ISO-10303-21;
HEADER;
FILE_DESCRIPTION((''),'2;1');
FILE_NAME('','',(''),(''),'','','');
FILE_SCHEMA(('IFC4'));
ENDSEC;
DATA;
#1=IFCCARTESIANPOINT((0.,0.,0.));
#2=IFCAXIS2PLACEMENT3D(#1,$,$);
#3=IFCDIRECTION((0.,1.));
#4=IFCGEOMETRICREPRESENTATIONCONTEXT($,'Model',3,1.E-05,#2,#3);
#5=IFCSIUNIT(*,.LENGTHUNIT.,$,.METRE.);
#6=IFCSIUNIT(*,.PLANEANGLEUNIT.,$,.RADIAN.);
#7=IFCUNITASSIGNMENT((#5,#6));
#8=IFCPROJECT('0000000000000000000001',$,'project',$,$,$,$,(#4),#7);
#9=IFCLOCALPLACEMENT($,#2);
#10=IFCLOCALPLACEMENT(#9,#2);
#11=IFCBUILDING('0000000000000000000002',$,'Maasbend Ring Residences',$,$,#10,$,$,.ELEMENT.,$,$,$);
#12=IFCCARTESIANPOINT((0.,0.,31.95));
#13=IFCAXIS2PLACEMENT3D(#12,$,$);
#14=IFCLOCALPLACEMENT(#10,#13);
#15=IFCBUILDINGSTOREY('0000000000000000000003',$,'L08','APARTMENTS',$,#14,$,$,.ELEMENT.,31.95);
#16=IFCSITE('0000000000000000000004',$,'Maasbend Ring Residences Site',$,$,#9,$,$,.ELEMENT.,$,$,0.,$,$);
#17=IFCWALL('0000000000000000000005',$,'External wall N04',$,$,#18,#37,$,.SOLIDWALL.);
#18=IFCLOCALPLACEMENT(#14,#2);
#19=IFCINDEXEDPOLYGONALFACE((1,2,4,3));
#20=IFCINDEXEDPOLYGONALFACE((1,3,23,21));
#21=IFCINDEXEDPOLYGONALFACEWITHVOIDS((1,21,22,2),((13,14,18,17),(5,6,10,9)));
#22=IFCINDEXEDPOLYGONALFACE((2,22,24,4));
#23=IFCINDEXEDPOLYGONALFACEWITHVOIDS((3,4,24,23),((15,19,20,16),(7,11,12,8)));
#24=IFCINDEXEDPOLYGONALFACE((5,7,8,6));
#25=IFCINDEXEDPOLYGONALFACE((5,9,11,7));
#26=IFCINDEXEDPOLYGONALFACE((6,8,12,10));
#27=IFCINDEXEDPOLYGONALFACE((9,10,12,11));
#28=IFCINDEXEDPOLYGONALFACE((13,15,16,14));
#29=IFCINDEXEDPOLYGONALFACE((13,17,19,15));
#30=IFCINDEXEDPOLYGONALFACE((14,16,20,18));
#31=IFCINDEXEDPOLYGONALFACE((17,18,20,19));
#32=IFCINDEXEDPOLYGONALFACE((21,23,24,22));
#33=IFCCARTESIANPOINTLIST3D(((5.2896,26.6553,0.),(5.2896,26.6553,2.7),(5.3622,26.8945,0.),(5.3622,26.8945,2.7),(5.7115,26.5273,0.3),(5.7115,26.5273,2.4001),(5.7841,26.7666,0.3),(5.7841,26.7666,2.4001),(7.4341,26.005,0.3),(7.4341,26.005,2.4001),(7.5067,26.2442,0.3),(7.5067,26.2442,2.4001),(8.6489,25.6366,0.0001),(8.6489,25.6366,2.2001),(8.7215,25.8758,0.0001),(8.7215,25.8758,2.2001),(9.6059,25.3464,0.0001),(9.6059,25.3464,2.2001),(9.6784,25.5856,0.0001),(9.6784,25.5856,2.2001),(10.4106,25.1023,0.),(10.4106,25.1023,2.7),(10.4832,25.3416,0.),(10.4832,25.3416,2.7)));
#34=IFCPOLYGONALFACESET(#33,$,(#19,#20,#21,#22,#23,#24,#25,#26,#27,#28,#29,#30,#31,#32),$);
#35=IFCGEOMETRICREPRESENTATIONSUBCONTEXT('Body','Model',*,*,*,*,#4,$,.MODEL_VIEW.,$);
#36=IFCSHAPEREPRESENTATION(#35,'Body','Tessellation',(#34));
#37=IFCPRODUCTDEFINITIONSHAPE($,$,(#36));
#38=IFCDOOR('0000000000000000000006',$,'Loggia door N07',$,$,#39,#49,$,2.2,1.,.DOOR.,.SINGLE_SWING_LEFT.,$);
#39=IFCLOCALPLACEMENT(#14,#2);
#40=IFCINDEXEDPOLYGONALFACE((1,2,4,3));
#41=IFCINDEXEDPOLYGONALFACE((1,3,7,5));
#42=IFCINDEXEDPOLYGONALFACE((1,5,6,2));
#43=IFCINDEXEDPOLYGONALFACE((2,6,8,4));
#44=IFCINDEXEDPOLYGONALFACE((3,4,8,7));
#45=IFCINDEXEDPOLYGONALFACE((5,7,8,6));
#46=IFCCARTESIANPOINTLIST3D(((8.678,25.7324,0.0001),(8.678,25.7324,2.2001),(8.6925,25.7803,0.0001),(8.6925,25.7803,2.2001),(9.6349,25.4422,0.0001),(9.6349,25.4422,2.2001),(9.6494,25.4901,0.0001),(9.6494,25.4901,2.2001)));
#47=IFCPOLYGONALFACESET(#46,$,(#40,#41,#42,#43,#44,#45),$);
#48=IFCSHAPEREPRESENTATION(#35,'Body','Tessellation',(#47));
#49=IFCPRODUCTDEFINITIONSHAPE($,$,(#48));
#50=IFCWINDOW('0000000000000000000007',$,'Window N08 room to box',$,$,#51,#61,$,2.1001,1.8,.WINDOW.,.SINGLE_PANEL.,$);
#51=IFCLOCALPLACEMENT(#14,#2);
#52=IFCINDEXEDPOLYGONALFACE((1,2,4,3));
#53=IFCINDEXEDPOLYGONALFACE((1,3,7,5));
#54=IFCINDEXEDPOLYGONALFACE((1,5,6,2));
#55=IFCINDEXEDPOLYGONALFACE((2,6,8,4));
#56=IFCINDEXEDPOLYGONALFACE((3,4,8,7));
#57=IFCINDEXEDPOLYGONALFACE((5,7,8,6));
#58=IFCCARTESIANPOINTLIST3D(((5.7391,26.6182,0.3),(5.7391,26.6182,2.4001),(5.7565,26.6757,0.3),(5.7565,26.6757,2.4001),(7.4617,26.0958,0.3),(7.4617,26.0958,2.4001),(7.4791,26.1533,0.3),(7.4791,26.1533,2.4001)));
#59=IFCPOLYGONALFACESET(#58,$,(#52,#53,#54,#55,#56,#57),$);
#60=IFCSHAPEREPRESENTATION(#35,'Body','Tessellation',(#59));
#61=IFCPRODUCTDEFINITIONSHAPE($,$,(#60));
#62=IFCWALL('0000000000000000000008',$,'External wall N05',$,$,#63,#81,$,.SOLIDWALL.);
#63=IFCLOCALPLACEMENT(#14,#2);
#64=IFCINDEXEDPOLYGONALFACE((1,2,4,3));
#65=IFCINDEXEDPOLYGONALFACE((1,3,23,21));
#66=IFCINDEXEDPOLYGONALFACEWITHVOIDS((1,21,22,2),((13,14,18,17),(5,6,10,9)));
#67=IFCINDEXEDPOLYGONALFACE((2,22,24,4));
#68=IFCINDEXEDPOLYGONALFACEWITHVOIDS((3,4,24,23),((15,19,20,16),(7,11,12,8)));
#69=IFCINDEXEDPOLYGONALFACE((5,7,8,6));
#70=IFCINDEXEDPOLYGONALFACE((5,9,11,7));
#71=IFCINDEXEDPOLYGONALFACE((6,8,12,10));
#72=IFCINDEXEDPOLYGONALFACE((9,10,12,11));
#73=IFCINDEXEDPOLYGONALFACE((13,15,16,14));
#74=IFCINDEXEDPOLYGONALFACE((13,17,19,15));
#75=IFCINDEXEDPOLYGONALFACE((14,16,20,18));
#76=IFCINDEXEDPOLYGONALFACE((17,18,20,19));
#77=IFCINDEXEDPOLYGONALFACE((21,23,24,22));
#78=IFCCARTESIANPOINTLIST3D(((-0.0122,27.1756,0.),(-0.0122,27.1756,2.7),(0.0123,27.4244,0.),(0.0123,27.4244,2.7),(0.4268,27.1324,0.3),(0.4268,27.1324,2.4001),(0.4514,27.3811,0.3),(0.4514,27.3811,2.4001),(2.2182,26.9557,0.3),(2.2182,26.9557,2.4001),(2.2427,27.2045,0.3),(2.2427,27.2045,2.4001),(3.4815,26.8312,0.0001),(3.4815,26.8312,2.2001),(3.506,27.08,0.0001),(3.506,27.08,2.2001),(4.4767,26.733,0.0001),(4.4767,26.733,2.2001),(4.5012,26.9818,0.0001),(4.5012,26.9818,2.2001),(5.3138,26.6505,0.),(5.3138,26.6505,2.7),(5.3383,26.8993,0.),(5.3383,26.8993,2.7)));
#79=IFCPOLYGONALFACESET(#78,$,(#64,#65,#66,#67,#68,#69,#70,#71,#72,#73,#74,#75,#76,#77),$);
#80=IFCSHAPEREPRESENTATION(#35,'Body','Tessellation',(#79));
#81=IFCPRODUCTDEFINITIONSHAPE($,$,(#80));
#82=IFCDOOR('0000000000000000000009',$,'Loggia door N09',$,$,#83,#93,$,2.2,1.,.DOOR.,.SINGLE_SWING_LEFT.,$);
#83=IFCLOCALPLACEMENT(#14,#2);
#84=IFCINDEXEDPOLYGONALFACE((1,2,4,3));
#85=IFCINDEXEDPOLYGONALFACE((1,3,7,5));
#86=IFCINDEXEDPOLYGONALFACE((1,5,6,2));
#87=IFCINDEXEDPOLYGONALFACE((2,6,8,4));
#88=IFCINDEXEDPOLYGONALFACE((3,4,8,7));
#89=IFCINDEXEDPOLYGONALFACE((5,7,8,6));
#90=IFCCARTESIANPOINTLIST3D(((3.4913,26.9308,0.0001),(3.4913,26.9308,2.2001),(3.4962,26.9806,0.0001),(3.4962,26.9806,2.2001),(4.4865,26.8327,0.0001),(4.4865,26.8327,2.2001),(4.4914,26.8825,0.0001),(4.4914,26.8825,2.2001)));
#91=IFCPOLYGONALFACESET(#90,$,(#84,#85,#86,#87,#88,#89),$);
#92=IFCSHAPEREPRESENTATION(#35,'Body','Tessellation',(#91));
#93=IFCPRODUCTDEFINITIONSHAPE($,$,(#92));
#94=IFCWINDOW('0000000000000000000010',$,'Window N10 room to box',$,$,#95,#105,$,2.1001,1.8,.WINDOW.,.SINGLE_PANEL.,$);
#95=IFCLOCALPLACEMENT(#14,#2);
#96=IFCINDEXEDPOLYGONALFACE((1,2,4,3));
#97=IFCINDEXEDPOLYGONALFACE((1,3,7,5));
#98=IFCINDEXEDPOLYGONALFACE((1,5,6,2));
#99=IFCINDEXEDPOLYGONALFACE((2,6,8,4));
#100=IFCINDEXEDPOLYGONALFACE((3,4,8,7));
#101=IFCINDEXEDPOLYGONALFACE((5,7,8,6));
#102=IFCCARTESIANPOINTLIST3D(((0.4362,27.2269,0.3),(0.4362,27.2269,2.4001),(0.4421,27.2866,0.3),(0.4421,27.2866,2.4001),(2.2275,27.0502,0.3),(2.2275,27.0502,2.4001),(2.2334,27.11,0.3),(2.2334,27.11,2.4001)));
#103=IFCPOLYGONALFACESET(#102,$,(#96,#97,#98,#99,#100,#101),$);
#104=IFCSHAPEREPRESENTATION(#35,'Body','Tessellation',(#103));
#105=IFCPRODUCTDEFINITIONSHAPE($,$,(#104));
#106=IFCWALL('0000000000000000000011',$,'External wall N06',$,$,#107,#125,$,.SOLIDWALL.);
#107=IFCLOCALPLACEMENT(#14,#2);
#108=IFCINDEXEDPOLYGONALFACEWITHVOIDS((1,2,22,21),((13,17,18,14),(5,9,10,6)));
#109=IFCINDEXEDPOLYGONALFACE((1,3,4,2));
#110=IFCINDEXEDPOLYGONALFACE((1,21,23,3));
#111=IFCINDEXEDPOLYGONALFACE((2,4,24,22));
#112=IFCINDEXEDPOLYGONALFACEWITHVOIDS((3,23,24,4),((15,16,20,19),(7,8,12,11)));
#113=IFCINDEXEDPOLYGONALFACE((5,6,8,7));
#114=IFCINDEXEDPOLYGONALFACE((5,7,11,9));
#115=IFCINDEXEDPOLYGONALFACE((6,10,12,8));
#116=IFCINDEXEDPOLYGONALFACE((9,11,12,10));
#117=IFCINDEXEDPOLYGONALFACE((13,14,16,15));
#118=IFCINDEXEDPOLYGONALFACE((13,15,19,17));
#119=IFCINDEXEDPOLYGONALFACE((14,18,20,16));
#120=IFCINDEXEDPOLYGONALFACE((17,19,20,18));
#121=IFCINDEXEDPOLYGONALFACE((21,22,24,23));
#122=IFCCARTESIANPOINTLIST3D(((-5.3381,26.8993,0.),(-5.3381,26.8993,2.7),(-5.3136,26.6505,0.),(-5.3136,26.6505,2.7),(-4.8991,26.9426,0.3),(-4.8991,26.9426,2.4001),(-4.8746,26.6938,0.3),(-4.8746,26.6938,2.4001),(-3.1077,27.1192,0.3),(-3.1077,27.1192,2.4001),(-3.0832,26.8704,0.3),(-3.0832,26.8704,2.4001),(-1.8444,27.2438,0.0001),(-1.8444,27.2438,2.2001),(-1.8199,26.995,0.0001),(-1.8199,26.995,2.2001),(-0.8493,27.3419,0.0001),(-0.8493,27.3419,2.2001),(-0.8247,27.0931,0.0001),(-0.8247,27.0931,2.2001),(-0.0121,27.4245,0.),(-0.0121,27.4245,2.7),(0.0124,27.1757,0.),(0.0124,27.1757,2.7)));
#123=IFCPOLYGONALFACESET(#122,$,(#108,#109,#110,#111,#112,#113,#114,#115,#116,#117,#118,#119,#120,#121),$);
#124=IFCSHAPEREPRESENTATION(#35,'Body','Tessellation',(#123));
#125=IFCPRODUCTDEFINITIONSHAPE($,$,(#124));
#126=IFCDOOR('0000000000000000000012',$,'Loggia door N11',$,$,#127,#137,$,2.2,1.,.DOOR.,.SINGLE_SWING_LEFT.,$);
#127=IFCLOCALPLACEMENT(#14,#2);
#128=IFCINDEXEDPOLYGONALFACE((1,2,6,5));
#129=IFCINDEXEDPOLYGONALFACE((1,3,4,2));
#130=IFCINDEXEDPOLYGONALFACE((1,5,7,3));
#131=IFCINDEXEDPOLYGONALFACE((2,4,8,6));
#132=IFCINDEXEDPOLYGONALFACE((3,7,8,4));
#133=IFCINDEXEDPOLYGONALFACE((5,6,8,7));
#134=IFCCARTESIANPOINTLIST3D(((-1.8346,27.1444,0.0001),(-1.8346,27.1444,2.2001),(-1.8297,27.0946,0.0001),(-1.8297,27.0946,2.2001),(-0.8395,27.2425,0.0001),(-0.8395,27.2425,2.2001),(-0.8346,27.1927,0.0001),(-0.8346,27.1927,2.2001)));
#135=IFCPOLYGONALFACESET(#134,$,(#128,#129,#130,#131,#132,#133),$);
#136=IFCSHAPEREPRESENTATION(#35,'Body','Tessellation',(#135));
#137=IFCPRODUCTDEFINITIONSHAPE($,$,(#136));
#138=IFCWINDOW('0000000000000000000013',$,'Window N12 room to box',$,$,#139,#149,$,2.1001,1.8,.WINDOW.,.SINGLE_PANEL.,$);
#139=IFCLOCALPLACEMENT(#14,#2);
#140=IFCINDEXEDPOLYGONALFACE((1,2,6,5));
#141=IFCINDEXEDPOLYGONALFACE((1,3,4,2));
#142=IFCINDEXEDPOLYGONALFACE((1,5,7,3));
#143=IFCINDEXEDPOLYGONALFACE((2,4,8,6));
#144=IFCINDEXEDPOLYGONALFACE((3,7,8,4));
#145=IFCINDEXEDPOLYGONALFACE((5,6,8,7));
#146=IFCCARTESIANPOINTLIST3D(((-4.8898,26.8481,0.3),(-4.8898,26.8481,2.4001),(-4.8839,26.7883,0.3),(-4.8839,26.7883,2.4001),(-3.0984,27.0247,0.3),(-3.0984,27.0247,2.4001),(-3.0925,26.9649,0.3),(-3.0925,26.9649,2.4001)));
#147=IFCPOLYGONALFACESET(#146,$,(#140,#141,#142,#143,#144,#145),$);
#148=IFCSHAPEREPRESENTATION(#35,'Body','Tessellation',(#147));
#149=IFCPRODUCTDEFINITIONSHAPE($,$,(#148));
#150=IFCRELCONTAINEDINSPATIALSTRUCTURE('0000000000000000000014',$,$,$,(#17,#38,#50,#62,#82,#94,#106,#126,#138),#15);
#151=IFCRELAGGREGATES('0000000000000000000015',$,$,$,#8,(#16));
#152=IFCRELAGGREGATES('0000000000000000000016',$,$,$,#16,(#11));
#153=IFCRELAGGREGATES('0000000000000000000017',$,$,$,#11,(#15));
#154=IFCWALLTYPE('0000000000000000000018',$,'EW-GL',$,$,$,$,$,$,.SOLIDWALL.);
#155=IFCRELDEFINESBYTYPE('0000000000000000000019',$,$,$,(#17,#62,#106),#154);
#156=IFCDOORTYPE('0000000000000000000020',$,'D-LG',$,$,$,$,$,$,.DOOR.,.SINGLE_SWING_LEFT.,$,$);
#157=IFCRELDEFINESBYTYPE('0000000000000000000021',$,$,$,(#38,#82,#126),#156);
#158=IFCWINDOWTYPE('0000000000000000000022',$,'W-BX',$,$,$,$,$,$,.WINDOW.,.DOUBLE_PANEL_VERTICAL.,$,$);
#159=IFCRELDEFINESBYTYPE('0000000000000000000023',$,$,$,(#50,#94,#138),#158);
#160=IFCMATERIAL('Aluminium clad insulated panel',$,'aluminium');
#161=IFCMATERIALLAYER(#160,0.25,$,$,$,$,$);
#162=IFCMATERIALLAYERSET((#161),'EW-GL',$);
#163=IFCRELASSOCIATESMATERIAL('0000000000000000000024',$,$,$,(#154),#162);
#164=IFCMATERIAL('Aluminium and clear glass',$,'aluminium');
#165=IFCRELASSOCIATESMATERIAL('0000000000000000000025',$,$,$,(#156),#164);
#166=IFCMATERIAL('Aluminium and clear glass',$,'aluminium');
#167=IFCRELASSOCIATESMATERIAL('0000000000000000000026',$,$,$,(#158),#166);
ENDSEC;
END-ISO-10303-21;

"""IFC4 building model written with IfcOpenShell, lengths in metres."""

from ifc_helpers import new_model, si_unit, direction, frame, frame_2d, origin, place, context, subcontext, project, spatial, rectangle, extrude, material, layer, layer_set, type_object, element, fill, save


model = new_model("IFC4")

# Units and contexts
model_context = context("Model", 3, precision=1e-05, world=origin(), true_north=direction((0.0, 1.0)))
body_context = subcontext(model_context, "Body", "Model", "MODEL_VIEW")
ifc_project = project(units=[si_unit("LENGTHUNIT", "METRE"), si_unit("PLANEANGLEUNIT", "RADIAN")], contexts=[model_context])

# Site, building, storey
site_placement = place(None, origin())
site = spatial("IfcSite", under=ifc_project, at=site_placement, Name="Maasbend Ring Residences Site", CompositionType="ELEMENT", RefElevation=0.0)
building_placement = place(site_placement, origin())
building = spatial("IfcBuilding", under=site, at=building_placement, Name="Maasbend Ring Residences", CompositionType="ELEMENT")
storey_placement = place(building_placement, frame((0.0, 0.0, 31.95)))
storey = spatial("IfcBuildingStorey", under=building, at=storey_placement, Name="L08", Description="APARTMENTS", CompositionType="ELEMENT", Elevation=31.95)

# Walls, openings, doors, windows
ifc_material_1 = material(Name="Aluminium clad insulated panel", Category="aluminium")
ifc_layer_1 = layer(ifc_material_1, 0.25)
ifc_layer_set_1 = layer_set([ifc_layer_1], Name="EW-GL")
wall_type_1 = type_object("IfcWallType", Name="EW-GL", PredefinedType="SOLIDWALL", material=ifc_layer_set_1)
wall_1_placement = place(storey_placement, frame((10.447, 25.2219, 0.0), z_axis=(0.0, 0.0, 1.0), x_axis=(-0.956966, 0.290201, 0.0)))
wall_1 = element("IfcWall", 1, at=wall_1_placement, inside=storey, type_object=wall_type_1, Name="External wall N04", PredefinedType="SOLIDWALL", context=body_context, shape_type="SweptSolid", body=[
    extrude(rectangle(XDim=5.3513, YDim=0.25, at=frame_2d((2.6758, 0.0))), origin(), (0.0, 0.0, 1.0), 2.7),
])
opening_1_placement = place(wall_1_placement, frame((0.8411, 0.0, 0.0)))
opening_1 = element("IfcOpeningElement", 2, at=opening_1_placement, cuts=wall_1, PredefinedType="OPENING", context=body_context, shape_type="SweptSolid", body=[
    extrude(rectangle(XDim=1.0, YDim=2.2, at=frame_2d((0.5, 1.1001))), frame((0.0, 0.135, 0.0), z_axis=(0.0, -1.0, 0.0), x_axis=(1.0, 0.0, 0.0)), (0.0, 0.0, 1.0), 0.27),
])
opening_2_placement = place(wall_1_placement, frame((3.1106, 0.0, 0.3)))
opening_2 = element("IfcOpeningElement", 3, at=opening_2_placement, cuts=wall_1, PredefinedType="OPENING", context=body_context, shape_type="SweptSolid", body=[
    extrude(rectangle(XDim=1.8, YDim=2.1001, at=frame_2d((0.8999, 1.05))), frame((0.0, 0.135, 0.0), z_axis=(0.0, -1.0, 0.0), x_axis=(1.0, 0.0, 0.0)), (0.0, 0.0, 1.0), 0.27),
])
ifc_material_2 = material(Name="Aluminium and clear glass", Category="aluminium")
door_type_1 = type_object("IfcDoorType", Name="D-LG", OperationType="SINGLE_SWING_LEFT", PredefinedType="DOOR", material=ifc_material_2)
door_1_placement = place(opening_1_placement, origin())
door_1 = element("IfcDoor", 4, at=door_1_placement, inside=storey, type_object=door_type_1, Name="Loggia door N07", OperationType="SINGLE_SWING_LEFT", OverallHeight=2.2, OverallWidth=1.0, PredefinedType="DOOR", context=body_context, shape_type="SweptSolid", body=[
    extrude(rectangle(XDim=1.0, YDim=2.2, at=frame_2d((0.5, 1.1001))), frame((0.0, 0.0249, 0.0), z_axis=(0.0, -1.0, 0.0), x_axis=(1.0, 0.0, 0.0)), (0.0, 0.0, 1.0), 0.05),
])
fill(opening_1, door_1)
ifc_material_3 = material(Name="Aluminium and clear glass", Category="aluminium")
window_type_1 = type_object("IfcWindowType", Name="W-BX", PartitioningType="DOUBLE_PANEL_VERTICAL", PredefinedType="WINDOW", material=ifc_material_3)
window_1_placement = place(opening_2_placement, origin())
window_1 = element("IfcWindow", 5, at=window_1_placement, inside=storey, type_object=window_type_1, Name="Window N08 room to box", OverallHeight=2.1001, OverallWidth=1.8, PartitioningType="SINGLE_PANEL", PredefinedType="WINDOW", context=body_context, shape_type="SweptSolid", body=[
    extrude(rectangle(XDim=1.8, YDim=2.1001, at=frame_2d((0.8999, 1.05))), frame((0.0, 0.03, 0.0), z_axis=(0.0, -1.0, 0.0), x_axis=(1.0, 0.0, 0.0)), (0.0, 0.0, 1.0), 0.0601),
])
fill(opening_2, window_1)
wall_2_placement = place(storey_placement, frame((5.3259, 26.7749, 0.0), z_axis=(0.0, 0.0, 1.0), x_axis=(-0.995174, 0.098126, 0.0)))
wall_2 = element("IfcWall", 6, at=wall_2_placement, inside=storey, type_object=wall_type_1, Name="External wall N05", PredefinedType="SOLIDWALL", context=body_context, shape_type="SweptSolid", body=[
    extrude(rectangle(XDim=5.3518, YDim=0.25, at=frame_2d((2.6758, 0.0))), origin(), (0.0, 0.0, 1.0), 2.7),
])
opening_3_placement = place(wall_2_placement, frame((0.8411, 0.0, 0.0)))
opening_3 = element("IfcOpeningElement", 7, at=opening_3_placement, cuts=wall_2, PredefinedType="OPENING", context=body_context, shape_type="SweptSolid", body=[
    extrude(rectangle(XDim=1.0, YDim=2.2, at=frame_2d((0.5, 1.1001))), frame((0.0, 0.135, 0.0), z_axis=(0.0, -1.0, 0.0), x_axis=(1.0, 0.0, 0.0)), (0.0, 0.0, 1.0), 0.27),
])
opening_4_placement = place(wall_2_placement, frame((3.1106, 0.0, 0.3)))
opening_4 = element("IfcOpeningElement", 8, at=opening_4_placement, cuts=wall_2, PredefinedType="OPENING", context=body_context, shape_type="SweptSolid", body=[
    extrude(rectangle(XDim=1.8, YDim=2.1001, at=frame_2d((0.8999, 1.05))), frame((0.0, 0.135, 0.0), z_axis=(0.0, -1.0, 0.0), x_axis=(1.0, 0.0, 0.0)), (0.0, 0.0, 1.0), 0.27),
])
door_2_placement = place(opening_3_placement, origin())
door_2 = element("IfcDoor", 9, at=door_2_placement, inside=storey, type_object=door_type_1, Name="Loggia door N09", OperationType="SINGLE_SWING_LEFT", OverallHeight=2.2, OverallWidth=1.0, PredefinedType="DOOR", context=body_context, shape_type="SweptSolid", body=[
    extrude(rectangle(XDim=1.0, YDim=2.2, at=frame_2d((0.5, 1.1001))), frame((0.0, 0.0249, 0.0), z_axis=(0.0, -1.0, 0.0), x_axis=(1.0, 0.0, 0.0)), (0.0, 0.0, 1.0), 0.05),
])
fill(opening_3, door_2)
window_2_placement = place(opening_4_placement, origin())
window_2 = element("IfcWindow", 10, at=window_2_placement, inside=storey, type_object=window_type_1, Name="Window N10 room to box", OverallHeight=2.1001, OverallWidth=1.8, PartitioningType="SINGLE_PANEL", PredefinedType="WINDOW", context=body_context, shape_type="SweptSolid", body=[
    extrude(rectangle(XDim=1.8, YDim=2.1001, at=frame_2d((0.8999, 1.05))), frame((0.0, 0.03, 0.0), z_axis=(0.0, -1.0, 0.0), x_axis=(1.0, 0.0, 0.0)), (0.0, 0.0, 1.0), 0.0601),
])
fill(opening_4, window_2)
wall_3_placement = place(storey_placement, frame((0.0, 27.3, 0.0), z_axis=(0.0, 0.0, 1.0), x_axis=(-0.995174, -0.098126, 0.0)))
wall_3 = element("IfcWall", 11, at=wall_3_placement, inside=storey, type_object=wall_type_1, Name="External wall N06", PredefinedType="SOLIDWALL", context=body_context, shape_type="SweptSolid", body=[
    extrude(rectangle(XDim=5.3518, YDim=0.25, at=frame_2d((2.6758, 0.0))), origin(), (0.0, 0.0, 1.0), 2.7),
])
opening_5_placement = place(wall_3_placement, frame((0.8411, 0.0, 0.0)))
opening_5 = element("IfcOpeningElement", 12, at=opening_5_placement, cuts=wall_3, PredefinedType="OPENING", context=body_context, shape_type="SweptSolid", body=[
    extrude(rectangle(XDim=1.0, YDim=2.2, at=frame_2d((0.5, 1.1001))), frame((0.0, 0.135, 0.0), z_axis=(0.0, -1.0, 0.0), x_axis=(1.0, 0.0, 0.0)), (0.0, 0.0, 1.0), 0.27),
])
opening_6_placement = place(wall_3_placement, frame((3.1106, 0.0, 0.3)))
opening_6 = element("IfcOpeningElement", 13, at=opening_6_placement, cuts=wall_3, PredefinedType="OPENING", context=body_context, shape_type="SweptSolid", body=[
    extrude(rectangle(XDim=1.8, YDim=2.1001, at=frame_2d((0.8999, 1.05))), frame((0.0, 0.135, 0.0), z_axis=(0.0, -1.0, 0.0), x_axis=(1.0, 0.0, 0.0)), (0.0, 0.0, 1.0), 0.27),
])
door_3_placement = place(opening_5_placement, origin())
door_3 = element("IfcDoor", 14, at=door_3_placement, inside=storey, type_object=door_type_1, Name="Loggia door N11", OperationType="SINGLE_SWING_LEFT", OverallHeight=2.2, OverallWidth=1.0, PredefinedType="DOOR", context=body_context, shape_type="SweptSolid", body=[
    extrude(rectangle(XDim=1.0, YDim=2.2, at=frame_2d((0.5, 1.1001))), frame((0.0, 0.0249, 0.0), z_axis=(0.0, -1.0, 0.0), x_axis=(1.0, 0.0, 0.0)), (0.0, 0.0, 1.0), 0.05),
])
fill(opening_5, door_3)
window_3_placement = place(opening_6_placement, origin())
window_3 = element("IfcWindow", 15, at=window_3_placement, inside=storey, type_object=window_type_1, Name="Window N12 room to box", OverallHeight=2.1001, OverallWidth=1.8, PartitioningType="SINGLE_PANEL", PredefinedType="WINDOW", context=body_context, shape_type="SweptSolid", body=[
    extrude(rectangle(XDim=1.8, YDim=2.1001, at=frame_2d((0.8999, 1.05))), frame((0.0, 0.03, 0.0), z_axis=(0.0, -1.0, 0.0), x_axis=(1.0, 0.0, 0.0)), (0.0, 0.0, 1.0), 0.0601),
])
fill(opening_6, window_3)

save(model, "model.ifc")
